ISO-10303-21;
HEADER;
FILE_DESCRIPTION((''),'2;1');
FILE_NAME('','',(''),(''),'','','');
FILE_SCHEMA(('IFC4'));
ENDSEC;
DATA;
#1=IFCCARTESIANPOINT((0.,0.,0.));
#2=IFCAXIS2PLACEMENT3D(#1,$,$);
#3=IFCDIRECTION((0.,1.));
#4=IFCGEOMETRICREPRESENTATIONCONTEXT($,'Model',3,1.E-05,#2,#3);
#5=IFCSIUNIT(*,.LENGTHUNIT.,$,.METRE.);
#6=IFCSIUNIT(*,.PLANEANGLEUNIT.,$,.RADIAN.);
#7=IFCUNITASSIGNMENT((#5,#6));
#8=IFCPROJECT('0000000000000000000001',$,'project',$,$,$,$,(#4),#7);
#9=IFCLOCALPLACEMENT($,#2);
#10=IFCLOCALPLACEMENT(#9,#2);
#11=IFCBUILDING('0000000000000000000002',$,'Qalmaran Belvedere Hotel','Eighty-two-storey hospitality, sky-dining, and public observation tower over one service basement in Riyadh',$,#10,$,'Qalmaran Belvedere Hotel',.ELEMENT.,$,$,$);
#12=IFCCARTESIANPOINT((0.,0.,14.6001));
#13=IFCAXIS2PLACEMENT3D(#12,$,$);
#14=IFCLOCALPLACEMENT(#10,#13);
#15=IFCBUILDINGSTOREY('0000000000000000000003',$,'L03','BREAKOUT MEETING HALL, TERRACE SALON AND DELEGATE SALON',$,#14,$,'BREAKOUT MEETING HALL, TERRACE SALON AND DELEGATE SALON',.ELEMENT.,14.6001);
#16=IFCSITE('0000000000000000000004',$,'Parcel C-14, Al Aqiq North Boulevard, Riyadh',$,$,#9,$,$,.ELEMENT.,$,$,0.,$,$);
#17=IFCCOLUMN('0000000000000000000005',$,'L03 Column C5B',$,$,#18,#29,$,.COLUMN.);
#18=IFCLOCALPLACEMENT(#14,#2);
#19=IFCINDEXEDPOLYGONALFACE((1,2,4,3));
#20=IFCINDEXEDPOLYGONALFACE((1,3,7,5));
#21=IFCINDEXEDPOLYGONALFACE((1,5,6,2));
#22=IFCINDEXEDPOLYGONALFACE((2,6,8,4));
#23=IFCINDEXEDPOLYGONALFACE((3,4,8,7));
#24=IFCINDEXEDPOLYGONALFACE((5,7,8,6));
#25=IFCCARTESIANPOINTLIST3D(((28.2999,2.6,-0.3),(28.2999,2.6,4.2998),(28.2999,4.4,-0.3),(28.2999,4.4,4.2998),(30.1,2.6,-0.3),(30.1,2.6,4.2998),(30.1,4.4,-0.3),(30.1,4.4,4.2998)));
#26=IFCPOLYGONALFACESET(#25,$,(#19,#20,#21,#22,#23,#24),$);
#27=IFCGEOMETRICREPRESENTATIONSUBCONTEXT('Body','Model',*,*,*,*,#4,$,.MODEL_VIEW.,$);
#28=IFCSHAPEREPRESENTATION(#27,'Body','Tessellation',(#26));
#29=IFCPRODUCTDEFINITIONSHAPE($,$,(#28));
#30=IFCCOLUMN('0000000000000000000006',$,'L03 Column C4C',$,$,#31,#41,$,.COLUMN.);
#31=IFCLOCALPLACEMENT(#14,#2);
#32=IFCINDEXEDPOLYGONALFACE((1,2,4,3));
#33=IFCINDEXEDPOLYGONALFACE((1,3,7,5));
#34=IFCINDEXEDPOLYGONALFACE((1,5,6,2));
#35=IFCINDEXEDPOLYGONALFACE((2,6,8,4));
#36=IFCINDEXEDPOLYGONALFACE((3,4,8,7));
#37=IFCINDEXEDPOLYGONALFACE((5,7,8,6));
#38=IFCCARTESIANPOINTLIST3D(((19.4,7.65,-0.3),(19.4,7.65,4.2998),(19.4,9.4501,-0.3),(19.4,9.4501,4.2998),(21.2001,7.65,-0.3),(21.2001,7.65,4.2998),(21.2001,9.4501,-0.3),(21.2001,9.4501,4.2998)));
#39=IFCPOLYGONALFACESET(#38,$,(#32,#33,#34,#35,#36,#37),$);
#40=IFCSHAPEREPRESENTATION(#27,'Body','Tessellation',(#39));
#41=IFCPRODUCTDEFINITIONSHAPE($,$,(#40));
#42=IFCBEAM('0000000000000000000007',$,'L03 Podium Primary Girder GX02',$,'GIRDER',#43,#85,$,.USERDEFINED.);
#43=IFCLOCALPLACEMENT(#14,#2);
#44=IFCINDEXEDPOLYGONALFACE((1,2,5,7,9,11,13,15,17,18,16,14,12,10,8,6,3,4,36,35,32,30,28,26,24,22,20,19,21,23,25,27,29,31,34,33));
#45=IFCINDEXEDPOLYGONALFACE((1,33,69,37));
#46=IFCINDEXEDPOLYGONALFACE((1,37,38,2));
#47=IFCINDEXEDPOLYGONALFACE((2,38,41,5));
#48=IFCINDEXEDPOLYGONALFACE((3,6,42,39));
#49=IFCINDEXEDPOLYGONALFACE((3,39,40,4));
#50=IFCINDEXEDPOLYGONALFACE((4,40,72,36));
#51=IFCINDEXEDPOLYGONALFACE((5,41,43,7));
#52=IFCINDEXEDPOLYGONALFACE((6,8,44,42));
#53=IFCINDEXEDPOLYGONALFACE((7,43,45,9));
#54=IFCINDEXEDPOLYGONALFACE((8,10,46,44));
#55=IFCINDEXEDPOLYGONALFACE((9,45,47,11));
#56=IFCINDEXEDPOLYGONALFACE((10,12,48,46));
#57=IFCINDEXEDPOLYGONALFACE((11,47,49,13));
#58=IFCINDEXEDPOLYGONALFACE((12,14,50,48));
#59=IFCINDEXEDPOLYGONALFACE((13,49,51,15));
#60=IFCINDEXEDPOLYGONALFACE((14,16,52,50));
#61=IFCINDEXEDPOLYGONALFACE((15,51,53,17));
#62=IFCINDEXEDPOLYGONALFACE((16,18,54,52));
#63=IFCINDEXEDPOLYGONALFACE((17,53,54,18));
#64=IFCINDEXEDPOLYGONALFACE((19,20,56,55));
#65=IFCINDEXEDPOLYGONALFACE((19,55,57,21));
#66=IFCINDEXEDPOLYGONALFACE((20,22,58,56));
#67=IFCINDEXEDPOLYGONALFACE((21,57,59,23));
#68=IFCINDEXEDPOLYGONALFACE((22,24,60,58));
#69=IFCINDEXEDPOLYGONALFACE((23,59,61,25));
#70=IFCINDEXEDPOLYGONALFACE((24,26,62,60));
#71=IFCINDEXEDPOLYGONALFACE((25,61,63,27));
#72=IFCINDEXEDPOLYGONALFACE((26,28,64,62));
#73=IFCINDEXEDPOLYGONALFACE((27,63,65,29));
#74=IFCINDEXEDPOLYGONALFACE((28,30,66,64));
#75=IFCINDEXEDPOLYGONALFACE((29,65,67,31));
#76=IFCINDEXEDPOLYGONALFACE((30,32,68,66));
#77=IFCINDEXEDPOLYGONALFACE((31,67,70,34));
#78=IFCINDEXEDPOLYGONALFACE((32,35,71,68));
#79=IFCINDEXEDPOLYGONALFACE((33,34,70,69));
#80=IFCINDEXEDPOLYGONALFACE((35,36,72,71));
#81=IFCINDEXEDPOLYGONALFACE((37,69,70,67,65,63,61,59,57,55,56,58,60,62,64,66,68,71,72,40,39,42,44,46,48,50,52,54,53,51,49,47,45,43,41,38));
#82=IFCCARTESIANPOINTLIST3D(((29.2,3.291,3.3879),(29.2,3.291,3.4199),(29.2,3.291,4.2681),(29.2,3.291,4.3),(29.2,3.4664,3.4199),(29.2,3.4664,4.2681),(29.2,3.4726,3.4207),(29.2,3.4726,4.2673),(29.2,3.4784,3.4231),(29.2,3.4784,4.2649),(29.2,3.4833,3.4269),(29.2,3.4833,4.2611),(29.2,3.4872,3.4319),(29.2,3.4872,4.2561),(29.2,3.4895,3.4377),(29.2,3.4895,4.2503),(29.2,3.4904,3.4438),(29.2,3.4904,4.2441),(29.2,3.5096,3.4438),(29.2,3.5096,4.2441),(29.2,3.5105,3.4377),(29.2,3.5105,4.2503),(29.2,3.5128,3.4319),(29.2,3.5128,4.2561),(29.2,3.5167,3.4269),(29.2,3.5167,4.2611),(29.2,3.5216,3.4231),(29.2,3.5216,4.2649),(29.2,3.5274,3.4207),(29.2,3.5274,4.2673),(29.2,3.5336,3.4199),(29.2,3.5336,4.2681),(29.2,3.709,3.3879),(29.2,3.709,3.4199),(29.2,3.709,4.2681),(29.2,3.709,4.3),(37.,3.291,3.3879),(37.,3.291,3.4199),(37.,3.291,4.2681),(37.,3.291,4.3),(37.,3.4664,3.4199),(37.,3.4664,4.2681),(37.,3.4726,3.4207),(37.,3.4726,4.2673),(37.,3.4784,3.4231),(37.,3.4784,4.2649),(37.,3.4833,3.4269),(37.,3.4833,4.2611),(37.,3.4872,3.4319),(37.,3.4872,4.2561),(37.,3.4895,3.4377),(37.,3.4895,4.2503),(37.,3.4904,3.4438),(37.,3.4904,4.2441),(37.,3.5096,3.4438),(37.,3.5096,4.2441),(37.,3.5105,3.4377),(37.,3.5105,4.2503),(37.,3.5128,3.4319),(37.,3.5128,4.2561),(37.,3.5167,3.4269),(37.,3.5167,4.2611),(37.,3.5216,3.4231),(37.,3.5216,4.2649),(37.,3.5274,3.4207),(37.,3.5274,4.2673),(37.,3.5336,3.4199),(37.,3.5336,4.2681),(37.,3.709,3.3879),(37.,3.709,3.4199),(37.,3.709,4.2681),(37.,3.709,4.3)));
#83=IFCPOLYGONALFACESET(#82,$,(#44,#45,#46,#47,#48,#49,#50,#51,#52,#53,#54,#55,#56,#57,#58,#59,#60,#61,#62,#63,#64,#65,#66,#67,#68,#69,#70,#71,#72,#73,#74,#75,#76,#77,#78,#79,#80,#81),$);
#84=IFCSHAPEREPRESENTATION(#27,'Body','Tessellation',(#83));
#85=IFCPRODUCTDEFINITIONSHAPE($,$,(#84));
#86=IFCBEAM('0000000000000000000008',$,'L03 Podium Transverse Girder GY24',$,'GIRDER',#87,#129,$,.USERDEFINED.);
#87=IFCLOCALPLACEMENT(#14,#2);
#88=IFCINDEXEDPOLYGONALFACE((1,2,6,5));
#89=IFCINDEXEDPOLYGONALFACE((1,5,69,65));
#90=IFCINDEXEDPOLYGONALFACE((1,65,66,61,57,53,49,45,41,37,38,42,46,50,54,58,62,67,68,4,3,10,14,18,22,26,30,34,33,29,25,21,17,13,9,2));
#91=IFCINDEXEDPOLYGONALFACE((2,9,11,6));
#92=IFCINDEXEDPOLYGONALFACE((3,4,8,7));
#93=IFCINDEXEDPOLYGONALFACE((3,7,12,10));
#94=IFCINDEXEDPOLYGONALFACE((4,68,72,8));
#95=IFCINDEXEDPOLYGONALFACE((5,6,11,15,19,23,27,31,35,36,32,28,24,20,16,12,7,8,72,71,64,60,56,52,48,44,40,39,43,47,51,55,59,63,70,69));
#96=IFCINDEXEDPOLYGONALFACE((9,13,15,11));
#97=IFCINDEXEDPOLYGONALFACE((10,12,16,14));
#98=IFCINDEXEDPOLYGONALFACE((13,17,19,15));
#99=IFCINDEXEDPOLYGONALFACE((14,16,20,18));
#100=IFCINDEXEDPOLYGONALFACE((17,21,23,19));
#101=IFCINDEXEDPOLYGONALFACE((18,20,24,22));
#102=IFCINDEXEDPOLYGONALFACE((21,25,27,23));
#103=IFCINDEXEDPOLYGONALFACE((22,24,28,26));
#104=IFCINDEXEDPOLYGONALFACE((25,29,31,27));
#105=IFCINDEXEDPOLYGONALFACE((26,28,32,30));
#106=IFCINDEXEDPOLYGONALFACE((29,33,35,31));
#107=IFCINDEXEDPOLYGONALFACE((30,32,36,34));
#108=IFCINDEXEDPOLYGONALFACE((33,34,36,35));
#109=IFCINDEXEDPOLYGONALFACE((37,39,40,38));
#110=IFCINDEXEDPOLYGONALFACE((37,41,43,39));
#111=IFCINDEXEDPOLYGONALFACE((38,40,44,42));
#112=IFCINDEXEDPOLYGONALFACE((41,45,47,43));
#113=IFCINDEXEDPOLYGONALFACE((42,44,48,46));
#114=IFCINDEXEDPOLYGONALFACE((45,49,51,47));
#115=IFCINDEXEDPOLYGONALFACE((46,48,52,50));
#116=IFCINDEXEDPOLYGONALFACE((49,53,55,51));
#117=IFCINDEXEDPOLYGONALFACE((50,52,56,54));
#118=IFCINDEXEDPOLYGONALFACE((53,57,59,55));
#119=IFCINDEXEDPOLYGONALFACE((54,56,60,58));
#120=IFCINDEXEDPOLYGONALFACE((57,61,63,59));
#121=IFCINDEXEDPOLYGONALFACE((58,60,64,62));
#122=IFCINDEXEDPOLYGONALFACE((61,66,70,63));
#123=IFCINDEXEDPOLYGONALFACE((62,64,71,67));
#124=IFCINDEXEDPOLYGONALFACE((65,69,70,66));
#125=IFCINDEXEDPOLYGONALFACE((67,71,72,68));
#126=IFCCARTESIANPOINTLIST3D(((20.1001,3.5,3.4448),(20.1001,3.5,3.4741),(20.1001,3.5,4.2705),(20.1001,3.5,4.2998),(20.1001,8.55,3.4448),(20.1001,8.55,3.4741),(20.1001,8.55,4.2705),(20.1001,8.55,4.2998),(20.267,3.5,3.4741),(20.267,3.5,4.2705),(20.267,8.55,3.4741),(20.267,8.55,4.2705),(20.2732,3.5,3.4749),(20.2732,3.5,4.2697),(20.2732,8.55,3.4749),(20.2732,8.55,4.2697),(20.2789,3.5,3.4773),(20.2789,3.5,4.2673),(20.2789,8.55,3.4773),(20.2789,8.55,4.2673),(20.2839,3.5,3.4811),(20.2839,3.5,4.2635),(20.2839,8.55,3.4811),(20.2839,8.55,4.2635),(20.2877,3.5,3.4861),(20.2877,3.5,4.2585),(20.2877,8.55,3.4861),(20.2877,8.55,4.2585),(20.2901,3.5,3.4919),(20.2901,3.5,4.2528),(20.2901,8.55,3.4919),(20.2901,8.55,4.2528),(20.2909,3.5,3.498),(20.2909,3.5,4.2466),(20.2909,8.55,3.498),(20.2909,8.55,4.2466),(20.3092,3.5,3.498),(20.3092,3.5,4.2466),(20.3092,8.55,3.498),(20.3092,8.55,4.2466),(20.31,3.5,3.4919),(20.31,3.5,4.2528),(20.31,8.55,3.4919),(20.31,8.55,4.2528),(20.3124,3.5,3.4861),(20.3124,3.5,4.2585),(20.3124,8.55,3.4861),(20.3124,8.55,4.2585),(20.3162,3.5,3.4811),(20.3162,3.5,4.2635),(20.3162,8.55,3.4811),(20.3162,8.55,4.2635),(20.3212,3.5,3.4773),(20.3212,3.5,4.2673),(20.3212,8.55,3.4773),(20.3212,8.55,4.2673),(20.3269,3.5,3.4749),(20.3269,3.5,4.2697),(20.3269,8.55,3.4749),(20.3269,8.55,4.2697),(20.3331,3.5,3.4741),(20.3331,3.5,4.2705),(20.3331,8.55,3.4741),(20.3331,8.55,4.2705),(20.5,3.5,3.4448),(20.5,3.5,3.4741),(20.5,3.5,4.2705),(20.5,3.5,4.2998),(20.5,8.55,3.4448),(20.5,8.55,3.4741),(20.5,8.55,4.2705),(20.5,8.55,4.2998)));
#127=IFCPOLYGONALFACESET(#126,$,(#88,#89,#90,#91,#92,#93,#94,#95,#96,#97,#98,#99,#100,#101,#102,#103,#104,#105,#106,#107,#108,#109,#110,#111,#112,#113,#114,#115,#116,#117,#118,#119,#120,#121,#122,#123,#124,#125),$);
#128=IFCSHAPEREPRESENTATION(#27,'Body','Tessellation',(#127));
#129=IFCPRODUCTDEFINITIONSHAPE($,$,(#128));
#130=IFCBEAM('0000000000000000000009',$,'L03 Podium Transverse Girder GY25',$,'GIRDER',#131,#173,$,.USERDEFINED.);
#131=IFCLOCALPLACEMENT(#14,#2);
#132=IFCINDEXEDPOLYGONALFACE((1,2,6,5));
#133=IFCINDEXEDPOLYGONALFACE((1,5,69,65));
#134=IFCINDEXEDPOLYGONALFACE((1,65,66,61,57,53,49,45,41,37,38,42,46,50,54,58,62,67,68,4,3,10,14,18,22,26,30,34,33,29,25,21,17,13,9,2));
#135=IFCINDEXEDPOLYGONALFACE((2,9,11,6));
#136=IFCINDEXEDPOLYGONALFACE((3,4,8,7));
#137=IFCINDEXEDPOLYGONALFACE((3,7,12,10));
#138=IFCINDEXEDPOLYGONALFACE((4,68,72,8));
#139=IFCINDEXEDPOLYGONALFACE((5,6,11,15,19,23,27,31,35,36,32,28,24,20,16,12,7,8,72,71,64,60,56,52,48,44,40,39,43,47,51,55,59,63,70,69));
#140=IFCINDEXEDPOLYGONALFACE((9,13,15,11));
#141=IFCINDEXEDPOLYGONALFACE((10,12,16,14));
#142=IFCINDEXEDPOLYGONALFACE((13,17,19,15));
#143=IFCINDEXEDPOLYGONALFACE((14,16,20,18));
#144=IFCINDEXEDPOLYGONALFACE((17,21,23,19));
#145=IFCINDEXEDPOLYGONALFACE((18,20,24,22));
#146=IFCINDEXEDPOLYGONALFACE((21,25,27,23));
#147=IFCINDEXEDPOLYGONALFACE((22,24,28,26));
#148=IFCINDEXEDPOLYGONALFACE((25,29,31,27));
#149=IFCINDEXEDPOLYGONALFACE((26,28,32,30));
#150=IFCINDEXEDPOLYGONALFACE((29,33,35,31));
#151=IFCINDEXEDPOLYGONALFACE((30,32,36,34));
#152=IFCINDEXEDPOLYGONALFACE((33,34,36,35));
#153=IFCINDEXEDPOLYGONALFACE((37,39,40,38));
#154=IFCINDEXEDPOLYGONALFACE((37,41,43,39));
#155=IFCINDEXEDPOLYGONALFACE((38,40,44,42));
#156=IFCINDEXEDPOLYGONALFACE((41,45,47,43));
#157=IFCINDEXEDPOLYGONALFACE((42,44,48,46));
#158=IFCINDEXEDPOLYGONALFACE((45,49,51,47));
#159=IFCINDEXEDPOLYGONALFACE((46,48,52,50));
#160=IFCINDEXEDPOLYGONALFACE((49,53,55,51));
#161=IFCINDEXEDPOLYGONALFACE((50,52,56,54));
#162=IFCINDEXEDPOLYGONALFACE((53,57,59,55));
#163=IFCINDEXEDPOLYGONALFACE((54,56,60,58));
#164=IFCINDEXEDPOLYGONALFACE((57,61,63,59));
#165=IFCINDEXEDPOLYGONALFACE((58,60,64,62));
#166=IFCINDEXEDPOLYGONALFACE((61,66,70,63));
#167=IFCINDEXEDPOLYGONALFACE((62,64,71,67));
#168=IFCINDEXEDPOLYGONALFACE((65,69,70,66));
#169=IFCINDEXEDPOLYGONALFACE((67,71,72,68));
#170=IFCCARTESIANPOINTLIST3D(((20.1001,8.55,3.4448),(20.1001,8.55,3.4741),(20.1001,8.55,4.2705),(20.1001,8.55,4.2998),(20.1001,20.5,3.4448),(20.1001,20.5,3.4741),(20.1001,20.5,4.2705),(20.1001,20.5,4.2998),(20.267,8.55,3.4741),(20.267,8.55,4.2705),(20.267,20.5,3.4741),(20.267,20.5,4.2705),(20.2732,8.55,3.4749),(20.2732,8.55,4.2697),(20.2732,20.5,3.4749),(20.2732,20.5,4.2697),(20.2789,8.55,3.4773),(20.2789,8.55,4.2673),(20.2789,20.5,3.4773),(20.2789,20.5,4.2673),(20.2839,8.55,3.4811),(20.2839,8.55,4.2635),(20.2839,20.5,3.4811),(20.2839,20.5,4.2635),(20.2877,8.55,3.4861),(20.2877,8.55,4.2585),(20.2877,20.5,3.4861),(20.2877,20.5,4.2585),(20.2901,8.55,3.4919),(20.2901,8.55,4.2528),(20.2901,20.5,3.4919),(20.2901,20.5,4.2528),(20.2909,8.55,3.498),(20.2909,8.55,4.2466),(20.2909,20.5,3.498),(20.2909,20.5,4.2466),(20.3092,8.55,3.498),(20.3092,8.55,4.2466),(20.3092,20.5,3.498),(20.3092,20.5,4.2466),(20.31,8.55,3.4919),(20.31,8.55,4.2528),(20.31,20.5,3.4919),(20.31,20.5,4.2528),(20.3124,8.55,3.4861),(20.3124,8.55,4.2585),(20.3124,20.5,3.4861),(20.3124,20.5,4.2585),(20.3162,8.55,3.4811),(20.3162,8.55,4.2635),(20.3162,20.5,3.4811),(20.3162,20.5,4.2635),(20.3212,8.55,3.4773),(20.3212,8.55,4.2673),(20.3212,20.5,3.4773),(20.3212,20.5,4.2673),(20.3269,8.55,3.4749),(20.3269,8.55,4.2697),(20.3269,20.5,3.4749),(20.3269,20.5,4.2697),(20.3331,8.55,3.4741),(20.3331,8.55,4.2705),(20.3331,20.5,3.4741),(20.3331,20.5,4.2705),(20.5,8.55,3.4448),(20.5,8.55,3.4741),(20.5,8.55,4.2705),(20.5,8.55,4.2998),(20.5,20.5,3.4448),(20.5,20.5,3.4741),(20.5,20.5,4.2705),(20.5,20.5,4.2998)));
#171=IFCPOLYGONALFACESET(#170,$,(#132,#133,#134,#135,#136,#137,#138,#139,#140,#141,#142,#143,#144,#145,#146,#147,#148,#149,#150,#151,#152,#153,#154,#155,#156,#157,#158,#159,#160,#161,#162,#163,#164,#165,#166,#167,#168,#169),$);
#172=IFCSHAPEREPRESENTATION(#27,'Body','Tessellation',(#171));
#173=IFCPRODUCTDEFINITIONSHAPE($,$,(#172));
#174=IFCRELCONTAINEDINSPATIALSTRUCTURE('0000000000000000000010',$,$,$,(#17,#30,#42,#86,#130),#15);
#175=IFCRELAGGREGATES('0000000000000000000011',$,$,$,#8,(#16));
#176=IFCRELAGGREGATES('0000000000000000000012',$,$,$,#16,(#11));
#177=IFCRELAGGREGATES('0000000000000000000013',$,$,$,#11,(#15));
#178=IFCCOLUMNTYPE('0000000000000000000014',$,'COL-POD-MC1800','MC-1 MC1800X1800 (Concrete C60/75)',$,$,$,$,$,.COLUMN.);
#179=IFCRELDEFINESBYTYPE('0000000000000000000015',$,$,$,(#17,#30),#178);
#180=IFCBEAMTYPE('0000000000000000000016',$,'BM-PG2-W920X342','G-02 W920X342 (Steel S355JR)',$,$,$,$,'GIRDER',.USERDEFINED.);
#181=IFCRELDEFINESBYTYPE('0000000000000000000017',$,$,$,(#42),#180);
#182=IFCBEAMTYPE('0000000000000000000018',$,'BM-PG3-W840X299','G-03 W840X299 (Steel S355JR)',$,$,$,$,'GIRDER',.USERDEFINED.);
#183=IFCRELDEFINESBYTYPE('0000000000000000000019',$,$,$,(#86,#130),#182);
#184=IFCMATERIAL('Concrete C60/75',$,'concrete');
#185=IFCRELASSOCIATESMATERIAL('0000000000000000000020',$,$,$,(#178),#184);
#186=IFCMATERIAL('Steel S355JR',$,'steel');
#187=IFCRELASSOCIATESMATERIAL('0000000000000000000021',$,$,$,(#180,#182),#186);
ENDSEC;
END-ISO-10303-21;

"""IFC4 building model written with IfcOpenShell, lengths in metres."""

from ifc_helpers import new_model, si_unit, direction, frame, origin, origin_2d, place, context, subcontext, project, spatial, rectangle, i_section, extrude, material, material_profile, profile_set, type_object, element, save


model = new_model("IFC4")

# Units and contexts
model_context = context("Model", 3, precision=1e-05, world=origin(), true_north=direction((0.0, 1.0)))
body_context = subcontext(model_context, "Body", "Model", "MODEL_VIEW")
ifc_project = project(units=[si_unit("LENGTHUNIT", "METRE"), si_unit("PLANEANGLEUNIT", "RADIAN")], contexts=[model_context])

# Site, building, storey
site_placement = place(None, origin())
site = spatial("IfcSite", under=ifc_project, at=site_placement, Name="Parcel C-14, Al Aqiq North Boulevard, Riyadh", CompositionType="ELEMENT", RefElevation=0.0)
building_placement = place(site_placement, origin())
building = spatial("IfcBuilding", under=site, at=building_placement, Name="Qalmaran Belvedere Hotel", Description="Eighty-two-storey hospitality, sky-dining, and public observation tower over one service basement in Riyadh", LongName="Qalmaran Belvedere Hotel", CompositionType="ELEMENT")
storey_placement = place(building_placement, frame((0.0, 0.0, 14.6001)))
storey = spatial("IfcBuildingStorey", under=building, at=storey_placement, Name="L03", Description="BREAKOUT MEETING HALL, TERRACE SALON AND DELEGATE SALON", LongName="BREAKOUT MEETING HALL, TERRACE SALON AND DELEGATE SALON", CompositionType="ELEMENT", Elevation=14.6001)

# Columns
ifc_material_1 = material(Name="Concrete C60/75", Category="concrete")
ifc_material_profile_1 = material_profile(ifc_material_1, rectangle(XDim=1.8, YDim=1.8, at=origin_2d()), Name="MC1800X1800")
ifc_profile_set_1 = profile_set([ifc_material_profile_1], Name="Concrete C60/75")
column_type = type_object("IfcColumnType", Name="COL-POD-MC1800", Description="MC-1 MC1800X1800 (Concrete C60/75)", PredefinedType="COLUMN", material=ifc_profile_set_1)
for number, where, z_axis, x_axis, name in (
    (1, (29.2, 3.5, -0.3), (0.0, 0.0, 1.0), (1.0, 0.0, 0.0), "L03 Column C5B"),
    (2, (20.3, 8.55, -0.3), (0.0, 0.0, 1.0), (1.0, 0.0, 0.0), "L03 Column C4C"),
):
    element("IfcColumn", number, at=place(storey_placement, frame(where, z_axis=z_axis, x_axis=x_axis)), inside=storey, type_object=column_type, Name=name, PredefinedType="COLUMN", context=body_context, shape_type="SweptSolid", body=[
        extrude(rectangle(XDim=1.8, YDim=1.8, at=origin_2d()), origin(), (0.0, 0.0, 1.0), 4.5999),
    ])

# Beams
ifc_material_2 = material(Name="Steel S355JR", Category="steel")
ifc_material_profile_2 = material_profile(ifc_material_2, i_section(OverallWidth=0.418, OverallDepth=0.9121, WebThickness=0.0193, FlangeThickness=0.032, FilletRadius=0.0239, at=origin_2d()), Name="W920X342")
ifc_profile_set_2 = profile_set([ifc_material_profile_2], Name="Steel S355JR")
beam_type_1 = type_object("IfcBeamType", Name="BM-PG2-W920X342", Description="G-02 W920X342 (Steel S355JR)", ElementType="GIRDER", PredefinedType="USERDEFINED", material=ifc_profile_set_2)
beam_1_placement = place(storey_placement, frame((29.2, 3.5, 3.844), z_axis=(1.0, 0.0, 0.0), x_axis=(0.0, 1.0, 0.0)))
element("IfcBeam", 3, at=beam_1_placement, inside=storey, type_object=beam_type_1, Name="L03 Podium Primary Girder GX02", ObjectType="GIRDER", PredefinedType="USERDEFINED", context=body_context, shape_type="SweptSolid", body=[
    extrude(i_section(OverallWidth=0.418, OverallDepth=0.9121, WebThickness=0.0193, FlangeThickness=0.032, FilletRadius=0.0239, at=origin_2d()), origin(), (0.0, 0.0, 1.0), 7.8),
])
ifc_material_profile_3 = material_profile(ifc_material_2, i_section(OverallWidth=0.3999, OverallDepth=0.855, WebThickness=0.0183, FlangeThickness=0.0293, FilletRadius=0.0239, at=origin_2d()), Name="W840X299")
ifc_profile_set_3 = profile_set([ifc_material_profile_3], Name="Steel S355JR")
beam_type_2 = type_object("IfcBeamType", Name="BM-PG3-W840X299", Description="G-03 W840X299 (Steel S355JR)", ElementType="GIRDER", PredefinedType="USERDEFINED", material=ifc_profile_set_3)
beam_2_placement = place(storey_placement, frame((20.3, 3.5, 3.8723), z_axis=(0.0, 1.0, 0.0), x_axis=(-1.0, 0.0, 0.0)))
element("IfcBeam", 4, at=beam_2_placement, inside=storey, type_object=beam_type_2, Name="L03 Podium Transverse Girder GY24", ObjectType="GIRDER", PredefinedType="USERDEFINED", context=body_context, shape_type="SweptSolid", body=[
    extrude(i_section(OverallWidth=0.3999, OverallDepth=0.855, WebThickness=0.0183, FlangeThickness=0.0293, FilletRadius=0.0239, at=origin_2d()), origin(), (0.0, 0.0, 1.0), 5.05),
])
beam_3_placement = place(storey_placement, frame((20.3, 8.55, 3.8723), z_axis=(0.0, 1.0, 0.0), x_axis=(-1.0, 0.0, 0.0)))
element("IfcBeam", 5, at=beam_3_placement, inside=storey, type_object=beam_type_2, Name="L03 Podium Transverse Girder GY25", ObjectType="GIRDER", PredefinedType="USERDEFINED", context=body_context, shape_type="SweptSolid", body=[
    extrude(i_section(OverallWidth=0.3999, OverallDepth=0.855, WebThickness=0.0183, FlangeThickness=0.0293, FilletRadius=0.0239, at=origin_2d()), origin(), (0.0, 0.0, 1.0), 11.95),
])

save(model, "model.ifc")
